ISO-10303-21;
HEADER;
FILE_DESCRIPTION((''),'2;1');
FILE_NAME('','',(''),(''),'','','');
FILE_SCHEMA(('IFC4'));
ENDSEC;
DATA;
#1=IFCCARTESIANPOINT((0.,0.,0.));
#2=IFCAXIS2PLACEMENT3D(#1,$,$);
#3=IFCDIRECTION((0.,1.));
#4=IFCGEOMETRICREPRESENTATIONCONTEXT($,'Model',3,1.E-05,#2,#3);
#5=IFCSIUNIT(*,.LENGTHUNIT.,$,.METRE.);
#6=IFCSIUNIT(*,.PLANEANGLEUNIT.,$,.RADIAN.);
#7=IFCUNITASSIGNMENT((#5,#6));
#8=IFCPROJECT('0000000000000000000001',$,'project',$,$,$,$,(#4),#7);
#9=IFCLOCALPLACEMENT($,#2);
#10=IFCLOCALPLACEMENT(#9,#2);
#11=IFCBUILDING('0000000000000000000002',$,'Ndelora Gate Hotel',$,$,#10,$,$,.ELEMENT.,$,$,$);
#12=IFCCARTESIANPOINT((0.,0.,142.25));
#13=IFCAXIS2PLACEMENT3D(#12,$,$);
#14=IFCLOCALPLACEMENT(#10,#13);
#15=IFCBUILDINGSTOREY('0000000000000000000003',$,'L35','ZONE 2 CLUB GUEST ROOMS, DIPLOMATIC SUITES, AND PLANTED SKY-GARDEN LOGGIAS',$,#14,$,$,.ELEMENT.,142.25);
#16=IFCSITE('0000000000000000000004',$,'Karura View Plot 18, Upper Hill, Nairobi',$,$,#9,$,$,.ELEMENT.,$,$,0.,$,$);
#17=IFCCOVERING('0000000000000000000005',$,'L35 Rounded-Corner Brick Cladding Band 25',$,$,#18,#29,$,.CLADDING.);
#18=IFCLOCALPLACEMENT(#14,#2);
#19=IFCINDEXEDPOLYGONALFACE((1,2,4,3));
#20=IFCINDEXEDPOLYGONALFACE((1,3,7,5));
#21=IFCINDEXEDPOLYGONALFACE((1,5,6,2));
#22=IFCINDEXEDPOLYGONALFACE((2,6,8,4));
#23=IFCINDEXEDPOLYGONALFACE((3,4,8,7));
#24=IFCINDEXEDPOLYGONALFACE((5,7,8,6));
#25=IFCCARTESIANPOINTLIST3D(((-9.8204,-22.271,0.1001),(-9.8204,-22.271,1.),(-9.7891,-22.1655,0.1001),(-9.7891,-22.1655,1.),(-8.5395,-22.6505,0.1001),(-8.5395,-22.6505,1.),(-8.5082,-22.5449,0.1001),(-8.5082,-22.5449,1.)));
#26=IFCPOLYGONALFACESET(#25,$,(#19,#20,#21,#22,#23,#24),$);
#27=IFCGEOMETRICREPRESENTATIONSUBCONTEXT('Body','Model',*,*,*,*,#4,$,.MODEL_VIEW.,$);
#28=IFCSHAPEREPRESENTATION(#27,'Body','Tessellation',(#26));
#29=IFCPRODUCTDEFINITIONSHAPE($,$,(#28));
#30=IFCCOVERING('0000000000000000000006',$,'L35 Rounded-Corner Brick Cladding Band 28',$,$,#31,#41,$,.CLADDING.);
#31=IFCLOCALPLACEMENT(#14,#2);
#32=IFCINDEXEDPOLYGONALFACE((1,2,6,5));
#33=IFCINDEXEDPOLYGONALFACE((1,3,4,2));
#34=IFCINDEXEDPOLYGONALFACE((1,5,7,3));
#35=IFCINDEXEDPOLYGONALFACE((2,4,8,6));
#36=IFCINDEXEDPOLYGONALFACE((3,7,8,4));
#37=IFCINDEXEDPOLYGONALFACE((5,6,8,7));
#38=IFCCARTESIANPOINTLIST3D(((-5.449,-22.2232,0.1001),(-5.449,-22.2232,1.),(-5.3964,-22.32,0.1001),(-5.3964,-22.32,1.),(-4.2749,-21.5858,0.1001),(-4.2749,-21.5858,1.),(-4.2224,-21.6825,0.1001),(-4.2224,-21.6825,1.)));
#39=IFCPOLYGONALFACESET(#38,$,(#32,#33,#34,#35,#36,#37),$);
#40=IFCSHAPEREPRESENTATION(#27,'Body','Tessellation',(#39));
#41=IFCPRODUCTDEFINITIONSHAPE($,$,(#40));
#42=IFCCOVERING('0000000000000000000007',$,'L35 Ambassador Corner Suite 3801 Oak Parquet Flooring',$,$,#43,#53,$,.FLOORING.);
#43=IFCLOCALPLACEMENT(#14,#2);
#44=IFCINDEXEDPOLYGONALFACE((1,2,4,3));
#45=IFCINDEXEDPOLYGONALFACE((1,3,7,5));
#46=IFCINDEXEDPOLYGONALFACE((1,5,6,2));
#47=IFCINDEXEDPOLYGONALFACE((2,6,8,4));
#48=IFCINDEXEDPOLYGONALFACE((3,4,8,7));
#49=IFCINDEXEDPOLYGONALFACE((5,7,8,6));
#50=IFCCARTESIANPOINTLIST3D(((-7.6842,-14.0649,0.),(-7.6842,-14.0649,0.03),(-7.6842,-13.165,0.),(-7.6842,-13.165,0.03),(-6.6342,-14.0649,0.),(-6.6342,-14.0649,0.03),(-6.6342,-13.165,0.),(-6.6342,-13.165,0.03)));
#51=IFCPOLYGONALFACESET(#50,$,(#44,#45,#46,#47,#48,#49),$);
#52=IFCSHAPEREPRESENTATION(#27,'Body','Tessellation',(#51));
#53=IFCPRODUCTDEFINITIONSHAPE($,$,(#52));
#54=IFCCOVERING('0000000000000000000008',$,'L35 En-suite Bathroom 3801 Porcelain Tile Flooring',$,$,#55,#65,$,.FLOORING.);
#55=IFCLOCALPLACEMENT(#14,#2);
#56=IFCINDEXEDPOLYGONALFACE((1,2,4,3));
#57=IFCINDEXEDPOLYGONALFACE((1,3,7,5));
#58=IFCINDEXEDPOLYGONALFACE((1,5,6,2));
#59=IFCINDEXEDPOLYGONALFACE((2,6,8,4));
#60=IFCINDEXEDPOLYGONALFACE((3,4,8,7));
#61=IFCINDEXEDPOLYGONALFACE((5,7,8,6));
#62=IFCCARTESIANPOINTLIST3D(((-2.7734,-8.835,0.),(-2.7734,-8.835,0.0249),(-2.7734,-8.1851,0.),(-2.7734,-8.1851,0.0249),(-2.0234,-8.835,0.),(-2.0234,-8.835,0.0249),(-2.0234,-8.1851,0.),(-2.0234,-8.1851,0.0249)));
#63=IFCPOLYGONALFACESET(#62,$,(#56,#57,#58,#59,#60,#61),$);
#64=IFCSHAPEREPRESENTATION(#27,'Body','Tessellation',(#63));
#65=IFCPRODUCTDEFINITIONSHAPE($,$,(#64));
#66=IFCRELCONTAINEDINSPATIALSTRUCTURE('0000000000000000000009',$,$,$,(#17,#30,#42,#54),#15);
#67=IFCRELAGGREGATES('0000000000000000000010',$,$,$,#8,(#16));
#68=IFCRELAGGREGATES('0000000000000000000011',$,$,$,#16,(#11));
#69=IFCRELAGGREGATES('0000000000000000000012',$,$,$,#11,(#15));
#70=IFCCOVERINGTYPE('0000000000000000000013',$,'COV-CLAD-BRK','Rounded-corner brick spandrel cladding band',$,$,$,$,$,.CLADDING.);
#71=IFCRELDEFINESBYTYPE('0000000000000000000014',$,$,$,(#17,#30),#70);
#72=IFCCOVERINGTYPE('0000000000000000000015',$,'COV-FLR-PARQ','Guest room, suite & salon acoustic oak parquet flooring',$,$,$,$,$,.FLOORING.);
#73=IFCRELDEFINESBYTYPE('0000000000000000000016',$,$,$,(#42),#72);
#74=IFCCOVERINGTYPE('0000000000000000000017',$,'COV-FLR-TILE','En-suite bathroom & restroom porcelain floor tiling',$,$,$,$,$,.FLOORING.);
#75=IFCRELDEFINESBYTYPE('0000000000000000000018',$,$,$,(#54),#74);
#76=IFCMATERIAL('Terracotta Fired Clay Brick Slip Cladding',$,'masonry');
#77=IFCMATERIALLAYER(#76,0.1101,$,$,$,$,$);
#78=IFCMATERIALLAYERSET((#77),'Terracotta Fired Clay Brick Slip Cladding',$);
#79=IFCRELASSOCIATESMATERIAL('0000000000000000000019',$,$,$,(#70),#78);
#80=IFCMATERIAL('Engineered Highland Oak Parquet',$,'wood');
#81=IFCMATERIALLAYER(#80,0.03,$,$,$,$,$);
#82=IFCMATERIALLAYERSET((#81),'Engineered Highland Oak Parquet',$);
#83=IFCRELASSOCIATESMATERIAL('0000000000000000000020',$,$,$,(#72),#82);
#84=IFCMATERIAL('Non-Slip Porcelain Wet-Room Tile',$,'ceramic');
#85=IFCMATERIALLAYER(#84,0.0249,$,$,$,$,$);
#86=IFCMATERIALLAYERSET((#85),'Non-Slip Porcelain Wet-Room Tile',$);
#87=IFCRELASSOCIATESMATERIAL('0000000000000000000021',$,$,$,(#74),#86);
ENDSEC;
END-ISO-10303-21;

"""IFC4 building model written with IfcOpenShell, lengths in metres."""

from ifc_helpers import new_model, si_unit, direction, frame, origin, origin_2d, place, context, subcontext, project, spatial, rectangle, extrude, material, layer, layer_set, type_object, element, save


model = new_model("IFC4")

# Units and contexts
model_context = context("Model", 3, precision=1e-05, world=origin(), true_north=direction((0.0, 1.0)))
body_context = subcontext(model_context, "Body", "Model", "MODEL_VIEW")
ifc_project = project(units=[si_unit("LENGTHUNIT", "METRE"), si_unit("PLANEANGLEUNIT", "RADIAN")], contexts=[model_context])

# Site, building, storey
site_placement = place(None, origin())
site = spatial("IfcSite", under=ifc_project, at=site_placement, Name="Karura View Plot 18, Upper Hill, Nairobi", CompositionType="ELEMENT", RefElevation=0.0)
building_placement = place(site_placement, origin())
building = spatial("IfcBuilding", under=site, at=building_placement, Name="Ndelora Gate Hotel", CompositionType="ELEMENT")
storey_placement = place(building_placement, frame((0.0, 0.0, 142.25)))
storey = spatial("IfcBuildingStorey", under=building, at=storey_placement, Name="L35", Description="ZONE 2 CLUB GUEST ROOMS, DIPLOMATIC SUITES, AND PLANTED SKY-GARDEN LOGGIAS", CompositionType="ELEMENT", Elevation=142.25)

# Coverings
ifc_material_1 = material(Name="Terracotta Fired Clay Brick Slip Cladding", Category="masonry")
ifc_layer_1 = layer(ifc_material_1, 0.1101)
ifc_layer_set_1 = layer_set([ifc_layer_1], Name="Terracotta Fired Clay Brick Slip Cladding")
covering_type_1 = type_object("IfcCoveringType", Name="COV-CLAD-BRK", Description="Rounded-corner brick spandrel cladding band", PredefinedType="CLADDING", material=ifc_layer_set_1)
for number, where, z_axis, x_axis, name in (
    (1, (-9.1643, -22.408, 0.1001), (0.0, 0.0, 1.0), (-0.95882, 0.284015, 0.0), "L35 Rounded-Corner Brick Cladding Band 25"),
    (2, (-4.8357, -21.9529, 0.1001), (0.0, 0.0, 1.0), (0.878817, 0.477159, 0.0), "L35 Rounded-Corner Brick Cladding Band 28"),
):
    element("IfcCovering", number, at=place(storey_placement, frame(where, z_axis=z_axis, x_axis=x_axis)), inside=storey, type_object=covering_type_1, Name=name, PredefinedType="CLADDING", context=body_context, shape_type="SweptSolid", body=[
        extrude(rectangle(XDim=1.3359, YDim=0.1101, at=origin_2d()), origin(), (0.0, 0.0, 1.0), 0.8999),
    ])
ifc_material_2 = material(Name="Engineered Highland Oak Parquet", Category="wood")
ifc_layer_2 = layer(ifc_material_2, 0.03)
ifc_layer_set_2 = layer_set([ifc_layer_2], Name="Engineered Highland Oak Parquet")
covering_type_2 = type_object("IfcCoveringType", Name="COV-FLR-PARQ", Description="Guest room, suite & salon acoustic oak parquet flooring", PredefinedType="FLOORING", material=ifc_layer_set_2)
covering_1_placement = place(storey_placement, frame((-7.1592, -13.615, 0.0), z_axis=(0.0, 0.0, 1.0), x_axis=(1.0, 0.0, 0.0)))
element("IfcCovering", 3, at=covering_1_placement, inside=storey, type_object=covering_type_2, Name="L35 Ambassador Corner Suite 3801 Oak Parquet Flooring", PredefinedType="FLOORING", context=body_context, shape_type="SweptSolid", body=[
    extrude(rectangle(XDim=1.05, YDim=0.8999, at=origin_2d()), origin(), (0.0, 0.0, 1.0), 0.03),
])
ifc_material_3 = material(Name="Non-Slip Porcelain Wet-Room Tile", Category="ceramic")
ifc_layer_3 = layer(ifc_material_3, 0.0249)
ifc_layer_set_3 = layer_set([ifc_layer_3], Name="Non-Slip Porcelain Wet-Room Tile")
covering_type_3 = type_object("IfcCoveringType", Name="COV-FLR-TILE", Description="En-suite bathroom & restroom porcelain floor tiling", PredefinedType="FLOORING", material=ifc_layer_set_3)
covering_2_placement = place(storey_placement, frame((-2.3984, -8.51, 0.0), z_axis=(0.0, 0.0, 1.0), x_axis=(1.0, 0.0, 0.0)))
element("IfcCovering", 4, at=covering_2_placement, inside=storey, type_object=covering_type_3, Name="L35 En-suite Bathroom 3801 Porcelain Tile Flooring", PredefinedType="FLOORING", context=body_context, shape_type="SweptSolid", body=[
    extrude(rectangle(XDim=0.75, YDim=0.6499, at=origin_2d()), origin(), (0.0, 0.0, 1.0), 0.0249),
])

save(model, "model.ifc")
